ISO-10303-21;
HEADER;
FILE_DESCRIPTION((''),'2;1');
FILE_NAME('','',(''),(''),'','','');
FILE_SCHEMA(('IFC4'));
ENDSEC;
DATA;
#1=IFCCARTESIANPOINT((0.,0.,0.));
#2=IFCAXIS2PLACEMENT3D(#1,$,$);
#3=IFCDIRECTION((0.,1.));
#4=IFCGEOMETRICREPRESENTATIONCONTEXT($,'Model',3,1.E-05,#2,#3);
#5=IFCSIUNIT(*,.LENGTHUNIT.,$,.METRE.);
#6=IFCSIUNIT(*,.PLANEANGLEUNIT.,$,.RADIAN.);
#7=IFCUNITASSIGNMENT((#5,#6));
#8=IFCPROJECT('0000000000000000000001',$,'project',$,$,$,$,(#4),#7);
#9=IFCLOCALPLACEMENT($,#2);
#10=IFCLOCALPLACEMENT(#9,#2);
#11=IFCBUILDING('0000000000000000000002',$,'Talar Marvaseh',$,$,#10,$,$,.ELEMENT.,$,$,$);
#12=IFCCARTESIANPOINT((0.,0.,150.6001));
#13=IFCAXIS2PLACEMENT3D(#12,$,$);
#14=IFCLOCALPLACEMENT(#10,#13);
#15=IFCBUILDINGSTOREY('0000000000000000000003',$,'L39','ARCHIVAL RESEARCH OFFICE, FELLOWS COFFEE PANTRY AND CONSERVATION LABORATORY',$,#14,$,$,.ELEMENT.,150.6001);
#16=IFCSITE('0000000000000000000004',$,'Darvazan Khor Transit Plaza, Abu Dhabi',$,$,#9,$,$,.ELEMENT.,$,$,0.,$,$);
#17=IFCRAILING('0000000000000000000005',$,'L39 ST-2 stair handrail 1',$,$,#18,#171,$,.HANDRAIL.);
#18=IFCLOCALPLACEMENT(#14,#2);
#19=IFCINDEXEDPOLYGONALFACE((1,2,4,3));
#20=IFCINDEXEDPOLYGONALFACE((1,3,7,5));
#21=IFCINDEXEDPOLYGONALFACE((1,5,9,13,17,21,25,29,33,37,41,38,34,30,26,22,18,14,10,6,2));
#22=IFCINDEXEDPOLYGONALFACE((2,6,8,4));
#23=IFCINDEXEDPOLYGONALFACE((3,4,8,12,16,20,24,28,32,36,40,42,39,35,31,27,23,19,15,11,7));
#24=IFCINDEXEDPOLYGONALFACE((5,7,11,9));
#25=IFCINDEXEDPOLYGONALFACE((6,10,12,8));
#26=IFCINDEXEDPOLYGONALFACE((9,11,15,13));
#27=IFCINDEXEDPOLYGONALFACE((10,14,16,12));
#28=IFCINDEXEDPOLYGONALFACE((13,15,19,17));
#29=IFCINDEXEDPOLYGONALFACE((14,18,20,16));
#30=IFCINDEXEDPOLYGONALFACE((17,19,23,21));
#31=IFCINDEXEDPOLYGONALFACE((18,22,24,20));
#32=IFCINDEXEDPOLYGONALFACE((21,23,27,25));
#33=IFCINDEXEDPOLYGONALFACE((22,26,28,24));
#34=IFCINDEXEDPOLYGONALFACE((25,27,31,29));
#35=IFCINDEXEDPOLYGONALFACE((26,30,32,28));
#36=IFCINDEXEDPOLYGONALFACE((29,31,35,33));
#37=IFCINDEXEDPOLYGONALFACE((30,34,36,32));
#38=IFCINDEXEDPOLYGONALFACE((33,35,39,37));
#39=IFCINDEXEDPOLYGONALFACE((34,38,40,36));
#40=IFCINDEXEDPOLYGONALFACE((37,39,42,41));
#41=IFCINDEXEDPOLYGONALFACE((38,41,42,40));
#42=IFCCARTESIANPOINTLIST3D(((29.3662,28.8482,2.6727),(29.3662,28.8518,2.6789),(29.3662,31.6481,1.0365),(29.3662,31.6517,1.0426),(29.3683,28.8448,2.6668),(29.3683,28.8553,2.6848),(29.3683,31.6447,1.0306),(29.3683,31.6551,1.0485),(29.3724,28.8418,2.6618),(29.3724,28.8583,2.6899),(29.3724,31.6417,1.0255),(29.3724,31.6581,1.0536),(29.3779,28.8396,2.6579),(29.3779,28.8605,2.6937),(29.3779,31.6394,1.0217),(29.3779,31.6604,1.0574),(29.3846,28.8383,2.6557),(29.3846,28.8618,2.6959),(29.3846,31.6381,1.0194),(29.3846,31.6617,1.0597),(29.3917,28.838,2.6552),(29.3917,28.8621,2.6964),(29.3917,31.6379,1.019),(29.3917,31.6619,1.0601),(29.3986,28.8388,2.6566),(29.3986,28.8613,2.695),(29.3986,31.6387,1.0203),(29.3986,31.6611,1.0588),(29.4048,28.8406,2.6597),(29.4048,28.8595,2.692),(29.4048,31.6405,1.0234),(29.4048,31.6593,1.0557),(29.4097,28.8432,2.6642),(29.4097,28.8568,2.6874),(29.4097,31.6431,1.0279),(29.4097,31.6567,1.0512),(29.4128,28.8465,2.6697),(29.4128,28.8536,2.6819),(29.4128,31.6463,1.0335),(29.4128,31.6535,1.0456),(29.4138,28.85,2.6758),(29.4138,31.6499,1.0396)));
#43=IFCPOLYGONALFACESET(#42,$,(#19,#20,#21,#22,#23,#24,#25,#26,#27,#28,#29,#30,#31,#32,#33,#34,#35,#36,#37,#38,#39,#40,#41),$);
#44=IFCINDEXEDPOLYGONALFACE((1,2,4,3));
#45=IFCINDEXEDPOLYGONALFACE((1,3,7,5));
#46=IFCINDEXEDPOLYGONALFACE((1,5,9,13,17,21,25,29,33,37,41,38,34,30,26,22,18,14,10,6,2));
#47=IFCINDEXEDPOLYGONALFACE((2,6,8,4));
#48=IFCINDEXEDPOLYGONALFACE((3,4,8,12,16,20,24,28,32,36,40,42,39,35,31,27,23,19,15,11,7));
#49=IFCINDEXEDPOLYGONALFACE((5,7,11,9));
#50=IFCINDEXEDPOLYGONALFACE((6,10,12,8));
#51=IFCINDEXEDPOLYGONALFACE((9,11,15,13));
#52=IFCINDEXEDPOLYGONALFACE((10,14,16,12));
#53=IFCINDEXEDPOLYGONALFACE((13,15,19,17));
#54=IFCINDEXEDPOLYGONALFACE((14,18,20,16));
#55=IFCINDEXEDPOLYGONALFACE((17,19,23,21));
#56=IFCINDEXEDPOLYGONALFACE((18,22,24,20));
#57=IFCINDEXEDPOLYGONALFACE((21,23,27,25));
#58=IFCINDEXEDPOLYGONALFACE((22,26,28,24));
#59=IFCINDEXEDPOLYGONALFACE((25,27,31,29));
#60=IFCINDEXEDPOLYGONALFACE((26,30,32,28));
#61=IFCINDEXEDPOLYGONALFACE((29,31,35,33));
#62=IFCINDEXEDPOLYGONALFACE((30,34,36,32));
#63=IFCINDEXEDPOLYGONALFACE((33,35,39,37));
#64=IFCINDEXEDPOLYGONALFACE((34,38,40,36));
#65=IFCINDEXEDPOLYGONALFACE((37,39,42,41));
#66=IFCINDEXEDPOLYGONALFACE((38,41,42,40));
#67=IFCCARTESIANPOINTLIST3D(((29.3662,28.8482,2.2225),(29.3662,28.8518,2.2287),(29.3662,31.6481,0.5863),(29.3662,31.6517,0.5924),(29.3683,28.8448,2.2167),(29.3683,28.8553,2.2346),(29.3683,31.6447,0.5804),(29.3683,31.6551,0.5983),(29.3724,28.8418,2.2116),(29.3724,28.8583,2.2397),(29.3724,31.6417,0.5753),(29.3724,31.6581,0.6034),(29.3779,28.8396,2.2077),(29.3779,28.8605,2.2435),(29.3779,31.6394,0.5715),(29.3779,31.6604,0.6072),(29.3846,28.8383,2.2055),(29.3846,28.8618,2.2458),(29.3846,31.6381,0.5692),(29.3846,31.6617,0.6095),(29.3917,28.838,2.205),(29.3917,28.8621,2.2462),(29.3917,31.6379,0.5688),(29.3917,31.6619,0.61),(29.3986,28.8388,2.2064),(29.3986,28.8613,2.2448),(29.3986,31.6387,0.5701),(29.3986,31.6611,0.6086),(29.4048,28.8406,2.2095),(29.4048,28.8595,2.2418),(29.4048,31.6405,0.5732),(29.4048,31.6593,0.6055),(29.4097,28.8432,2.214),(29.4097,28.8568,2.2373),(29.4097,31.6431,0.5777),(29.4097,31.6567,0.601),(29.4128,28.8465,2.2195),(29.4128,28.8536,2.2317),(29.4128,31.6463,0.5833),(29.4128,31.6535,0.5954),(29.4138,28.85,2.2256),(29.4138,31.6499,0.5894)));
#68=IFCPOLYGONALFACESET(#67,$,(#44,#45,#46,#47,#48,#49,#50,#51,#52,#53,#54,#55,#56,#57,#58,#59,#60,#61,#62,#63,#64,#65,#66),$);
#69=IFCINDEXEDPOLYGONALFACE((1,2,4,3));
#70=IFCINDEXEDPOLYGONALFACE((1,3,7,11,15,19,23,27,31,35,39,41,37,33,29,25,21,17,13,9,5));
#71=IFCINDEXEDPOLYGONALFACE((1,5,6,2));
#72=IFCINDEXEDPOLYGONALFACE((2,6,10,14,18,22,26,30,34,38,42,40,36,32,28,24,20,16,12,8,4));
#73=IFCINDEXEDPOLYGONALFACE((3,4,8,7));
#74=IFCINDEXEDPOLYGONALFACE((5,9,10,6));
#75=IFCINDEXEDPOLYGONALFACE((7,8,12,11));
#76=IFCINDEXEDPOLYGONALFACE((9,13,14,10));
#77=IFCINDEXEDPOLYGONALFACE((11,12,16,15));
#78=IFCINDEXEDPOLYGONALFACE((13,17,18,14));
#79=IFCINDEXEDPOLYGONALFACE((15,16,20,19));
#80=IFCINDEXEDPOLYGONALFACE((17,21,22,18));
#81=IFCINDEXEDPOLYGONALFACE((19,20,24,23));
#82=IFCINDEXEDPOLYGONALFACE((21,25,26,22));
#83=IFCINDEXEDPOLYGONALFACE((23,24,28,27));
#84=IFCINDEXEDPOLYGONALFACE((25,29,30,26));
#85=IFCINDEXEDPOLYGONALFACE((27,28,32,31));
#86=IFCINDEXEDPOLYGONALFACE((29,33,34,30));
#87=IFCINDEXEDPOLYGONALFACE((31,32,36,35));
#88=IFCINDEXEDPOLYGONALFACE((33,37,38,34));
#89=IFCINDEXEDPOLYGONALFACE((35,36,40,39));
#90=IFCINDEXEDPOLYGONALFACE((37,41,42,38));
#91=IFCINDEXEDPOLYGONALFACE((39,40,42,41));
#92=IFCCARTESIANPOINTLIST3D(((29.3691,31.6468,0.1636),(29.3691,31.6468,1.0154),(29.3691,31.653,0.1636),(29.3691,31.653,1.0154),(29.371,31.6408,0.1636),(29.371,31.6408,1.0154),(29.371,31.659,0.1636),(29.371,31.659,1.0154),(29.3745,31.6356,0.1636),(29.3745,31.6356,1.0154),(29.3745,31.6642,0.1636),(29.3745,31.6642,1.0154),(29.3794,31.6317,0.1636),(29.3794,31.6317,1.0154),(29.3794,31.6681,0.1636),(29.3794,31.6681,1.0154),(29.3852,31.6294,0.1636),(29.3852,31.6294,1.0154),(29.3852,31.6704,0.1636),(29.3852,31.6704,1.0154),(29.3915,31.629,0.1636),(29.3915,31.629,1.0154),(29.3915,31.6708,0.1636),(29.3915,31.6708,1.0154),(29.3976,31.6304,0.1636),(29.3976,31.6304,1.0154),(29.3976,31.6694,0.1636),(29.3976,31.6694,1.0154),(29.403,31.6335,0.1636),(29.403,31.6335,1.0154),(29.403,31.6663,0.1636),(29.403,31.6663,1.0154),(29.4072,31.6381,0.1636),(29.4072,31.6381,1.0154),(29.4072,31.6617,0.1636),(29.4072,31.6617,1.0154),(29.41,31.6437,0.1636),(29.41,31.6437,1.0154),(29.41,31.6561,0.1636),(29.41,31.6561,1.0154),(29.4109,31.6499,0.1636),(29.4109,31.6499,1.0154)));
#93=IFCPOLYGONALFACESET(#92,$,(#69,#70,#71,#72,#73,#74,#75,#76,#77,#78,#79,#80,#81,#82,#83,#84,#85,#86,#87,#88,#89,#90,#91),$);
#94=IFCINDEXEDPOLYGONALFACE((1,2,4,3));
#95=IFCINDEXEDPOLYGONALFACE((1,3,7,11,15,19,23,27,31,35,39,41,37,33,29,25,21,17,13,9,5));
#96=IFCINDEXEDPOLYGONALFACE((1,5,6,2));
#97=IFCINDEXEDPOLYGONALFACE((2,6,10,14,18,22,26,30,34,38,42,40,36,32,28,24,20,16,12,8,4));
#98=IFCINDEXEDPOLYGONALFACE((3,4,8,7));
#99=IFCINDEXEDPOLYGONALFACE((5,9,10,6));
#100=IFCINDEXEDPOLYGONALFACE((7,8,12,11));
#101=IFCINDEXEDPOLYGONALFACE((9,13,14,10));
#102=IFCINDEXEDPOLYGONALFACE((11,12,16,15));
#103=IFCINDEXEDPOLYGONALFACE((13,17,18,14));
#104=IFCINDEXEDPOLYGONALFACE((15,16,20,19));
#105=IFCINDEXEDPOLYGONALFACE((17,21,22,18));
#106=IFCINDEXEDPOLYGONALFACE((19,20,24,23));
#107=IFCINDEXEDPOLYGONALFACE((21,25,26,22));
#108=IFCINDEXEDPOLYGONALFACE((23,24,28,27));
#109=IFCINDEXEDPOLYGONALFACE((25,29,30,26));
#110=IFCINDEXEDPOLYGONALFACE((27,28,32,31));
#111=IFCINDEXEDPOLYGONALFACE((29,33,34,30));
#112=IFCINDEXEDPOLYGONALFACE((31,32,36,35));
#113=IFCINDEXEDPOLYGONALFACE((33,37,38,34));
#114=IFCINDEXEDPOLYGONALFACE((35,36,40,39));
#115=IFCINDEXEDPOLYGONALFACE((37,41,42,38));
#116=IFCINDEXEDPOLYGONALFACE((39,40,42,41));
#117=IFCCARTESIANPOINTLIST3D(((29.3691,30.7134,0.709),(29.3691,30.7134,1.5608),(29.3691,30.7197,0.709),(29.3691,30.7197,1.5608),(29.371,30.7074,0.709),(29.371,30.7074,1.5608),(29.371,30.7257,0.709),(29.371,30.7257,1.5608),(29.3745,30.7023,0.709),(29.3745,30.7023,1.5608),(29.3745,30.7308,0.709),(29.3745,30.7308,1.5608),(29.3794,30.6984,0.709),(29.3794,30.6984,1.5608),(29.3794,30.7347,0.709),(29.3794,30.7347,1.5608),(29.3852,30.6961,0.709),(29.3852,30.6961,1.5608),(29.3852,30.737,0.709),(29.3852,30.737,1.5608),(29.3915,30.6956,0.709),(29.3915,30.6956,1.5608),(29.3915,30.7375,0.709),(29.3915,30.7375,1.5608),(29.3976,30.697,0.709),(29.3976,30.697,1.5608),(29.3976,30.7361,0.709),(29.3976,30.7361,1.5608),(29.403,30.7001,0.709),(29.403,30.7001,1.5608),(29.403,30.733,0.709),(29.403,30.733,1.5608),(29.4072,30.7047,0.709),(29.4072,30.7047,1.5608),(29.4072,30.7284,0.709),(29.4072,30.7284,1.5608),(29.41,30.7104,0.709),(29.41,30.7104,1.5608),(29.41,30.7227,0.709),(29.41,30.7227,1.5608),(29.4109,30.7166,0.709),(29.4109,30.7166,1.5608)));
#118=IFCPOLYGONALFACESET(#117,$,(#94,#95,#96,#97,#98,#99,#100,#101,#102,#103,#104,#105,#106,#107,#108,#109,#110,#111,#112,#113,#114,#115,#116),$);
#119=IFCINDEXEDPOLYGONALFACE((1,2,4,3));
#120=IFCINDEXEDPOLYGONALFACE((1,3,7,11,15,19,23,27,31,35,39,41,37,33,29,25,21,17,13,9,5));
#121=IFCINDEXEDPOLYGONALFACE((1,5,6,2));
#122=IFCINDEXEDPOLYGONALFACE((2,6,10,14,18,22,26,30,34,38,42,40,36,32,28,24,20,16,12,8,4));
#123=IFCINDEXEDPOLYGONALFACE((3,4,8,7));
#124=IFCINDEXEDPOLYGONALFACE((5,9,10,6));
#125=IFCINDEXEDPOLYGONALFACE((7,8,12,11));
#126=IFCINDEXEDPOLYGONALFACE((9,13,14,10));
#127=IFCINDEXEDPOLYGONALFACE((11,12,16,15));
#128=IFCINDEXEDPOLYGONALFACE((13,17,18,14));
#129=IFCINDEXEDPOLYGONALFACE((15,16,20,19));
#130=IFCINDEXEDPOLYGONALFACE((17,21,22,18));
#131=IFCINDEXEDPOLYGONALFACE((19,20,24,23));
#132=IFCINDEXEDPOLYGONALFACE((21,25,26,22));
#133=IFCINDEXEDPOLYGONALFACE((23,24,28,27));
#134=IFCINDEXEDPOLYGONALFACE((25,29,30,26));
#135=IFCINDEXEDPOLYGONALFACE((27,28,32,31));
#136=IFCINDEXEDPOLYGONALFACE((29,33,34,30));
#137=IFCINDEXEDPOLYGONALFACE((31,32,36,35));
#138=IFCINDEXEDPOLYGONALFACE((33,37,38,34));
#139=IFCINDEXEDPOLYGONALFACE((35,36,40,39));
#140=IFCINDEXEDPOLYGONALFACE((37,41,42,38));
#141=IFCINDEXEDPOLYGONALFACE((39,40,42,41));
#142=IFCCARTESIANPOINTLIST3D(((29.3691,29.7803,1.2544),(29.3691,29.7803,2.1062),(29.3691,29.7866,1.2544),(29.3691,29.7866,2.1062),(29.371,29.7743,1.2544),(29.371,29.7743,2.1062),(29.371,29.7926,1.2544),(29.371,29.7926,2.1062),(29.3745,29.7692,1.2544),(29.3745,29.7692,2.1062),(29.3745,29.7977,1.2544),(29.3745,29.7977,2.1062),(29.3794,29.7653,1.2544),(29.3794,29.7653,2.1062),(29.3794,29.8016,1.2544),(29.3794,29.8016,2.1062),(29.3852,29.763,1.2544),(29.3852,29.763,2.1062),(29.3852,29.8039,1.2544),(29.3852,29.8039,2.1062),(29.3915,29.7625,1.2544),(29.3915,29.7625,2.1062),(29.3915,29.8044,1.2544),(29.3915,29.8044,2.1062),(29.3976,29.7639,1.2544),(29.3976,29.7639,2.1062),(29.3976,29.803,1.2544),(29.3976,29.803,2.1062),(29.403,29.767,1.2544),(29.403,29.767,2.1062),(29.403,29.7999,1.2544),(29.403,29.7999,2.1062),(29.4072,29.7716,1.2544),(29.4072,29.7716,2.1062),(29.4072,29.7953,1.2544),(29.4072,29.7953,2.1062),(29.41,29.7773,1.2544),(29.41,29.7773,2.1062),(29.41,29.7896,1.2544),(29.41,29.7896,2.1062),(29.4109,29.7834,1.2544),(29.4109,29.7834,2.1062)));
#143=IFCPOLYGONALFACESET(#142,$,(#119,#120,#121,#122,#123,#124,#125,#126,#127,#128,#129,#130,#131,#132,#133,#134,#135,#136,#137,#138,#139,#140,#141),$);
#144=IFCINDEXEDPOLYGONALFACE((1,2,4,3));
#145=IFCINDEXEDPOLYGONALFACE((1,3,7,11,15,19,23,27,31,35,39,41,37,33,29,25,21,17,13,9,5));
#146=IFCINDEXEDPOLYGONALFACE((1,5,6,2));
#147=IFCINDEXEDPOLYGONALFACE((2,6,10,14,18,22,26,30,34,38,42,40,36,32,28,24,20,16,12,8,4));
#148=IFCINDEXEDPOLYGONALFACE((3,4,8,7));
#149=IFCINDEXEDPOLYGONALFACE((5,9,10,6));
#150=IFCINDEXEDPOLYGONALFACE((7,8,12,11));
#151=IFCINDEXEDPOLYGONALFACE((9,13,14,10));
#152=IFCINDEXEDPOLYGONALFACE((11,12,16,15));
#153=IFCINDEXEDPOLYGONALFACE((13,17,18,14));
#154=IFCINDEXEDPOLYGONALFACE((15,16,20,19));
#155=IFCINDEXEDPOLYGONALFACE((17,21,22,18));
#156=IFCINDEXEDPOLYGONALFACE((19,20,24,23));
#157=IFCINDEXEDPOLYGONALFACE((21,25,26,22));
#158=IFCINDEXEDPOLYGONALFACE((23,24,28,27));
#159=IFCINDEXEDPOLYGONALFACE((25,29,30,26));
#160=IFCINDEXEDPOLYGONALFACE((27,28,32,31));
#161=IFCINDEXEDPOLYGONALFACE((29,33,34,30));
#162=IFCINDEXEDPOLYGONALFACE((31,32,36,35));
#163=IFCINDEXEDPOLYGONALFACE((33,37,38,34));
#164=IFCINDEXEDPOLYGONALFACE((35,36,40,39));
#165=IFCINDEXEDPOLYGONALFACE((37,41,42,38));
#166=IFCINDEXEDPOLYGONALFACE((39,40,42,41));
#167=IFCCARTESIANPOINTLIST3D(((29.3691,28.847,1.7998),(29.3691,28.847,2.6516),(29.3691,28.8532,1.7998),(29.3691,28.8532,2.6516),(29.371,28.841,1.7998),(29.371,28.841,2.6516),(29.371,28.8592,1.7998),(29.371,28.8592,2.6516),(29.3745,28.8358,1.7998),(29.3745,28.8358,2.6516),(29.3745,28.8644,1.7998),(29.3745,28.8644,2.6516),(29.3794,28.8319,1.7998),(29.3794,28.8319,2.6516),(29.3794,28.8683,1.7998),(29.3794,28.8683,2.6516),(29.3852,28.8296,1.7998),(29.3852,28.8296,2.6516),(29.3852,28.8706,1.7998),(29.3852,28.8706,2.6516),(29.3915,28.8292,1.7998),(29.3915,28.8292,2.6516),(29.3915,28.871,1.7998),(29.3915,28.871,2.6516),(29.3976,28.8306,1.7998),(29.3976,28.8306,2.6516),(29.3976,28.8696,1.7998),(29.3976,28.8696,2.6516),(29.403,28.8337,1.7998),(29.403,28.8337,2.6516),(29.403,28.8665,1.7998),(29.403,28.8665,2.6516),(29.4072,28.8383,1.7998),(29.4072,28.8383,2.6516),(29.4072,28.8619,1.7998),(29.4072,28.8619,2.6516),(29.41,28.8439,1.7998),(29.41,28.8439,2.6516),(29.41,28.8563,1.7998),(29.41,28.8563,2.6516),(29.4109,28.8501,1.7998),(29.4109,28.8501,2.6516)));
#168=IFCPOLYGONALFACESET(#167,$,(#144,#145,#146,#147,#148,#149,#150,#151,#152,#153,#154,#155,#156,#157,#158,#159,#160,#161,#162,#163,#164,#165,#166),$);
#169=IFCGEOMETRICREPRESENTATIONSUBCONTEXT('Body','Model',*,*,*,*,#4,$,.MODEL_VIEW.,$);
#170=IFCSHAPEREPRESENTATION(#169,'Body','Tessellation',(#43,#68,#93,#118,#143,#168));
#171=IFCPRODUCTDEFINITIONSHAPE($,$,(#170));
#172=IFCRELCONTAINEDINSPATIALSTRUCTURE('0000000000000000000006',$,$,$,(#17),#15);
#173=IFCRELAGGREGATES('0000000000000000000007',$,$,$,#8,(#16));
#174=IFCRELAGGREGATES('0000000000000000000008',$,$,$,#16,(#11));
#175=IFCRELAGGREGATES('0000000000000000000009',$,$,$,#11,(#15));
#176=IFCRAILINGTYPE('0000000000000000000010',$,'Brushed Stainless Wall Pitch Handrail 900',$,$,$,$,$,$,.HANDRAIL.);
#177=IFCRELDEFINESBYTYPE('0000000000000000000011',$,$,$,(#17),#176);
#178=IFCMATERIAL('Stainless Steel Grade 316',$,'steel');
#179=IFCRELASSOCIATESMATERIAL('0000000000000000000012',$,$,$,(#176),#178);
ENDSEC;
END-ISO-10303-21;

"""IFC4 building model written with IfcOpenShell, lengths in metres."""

from ifc_helpers import new_model, si_unit, direction, frame, origin, origin_2d, place, context, subcontext, project, spatial, circle, extrude, material, type_object, element, save


model = new_model("IFC4")

# Units and contexts
model_context = context("Model", 3, precision=1e-05, world=origin(), true_north=direction((0.0, 1.0)))
body_context = subcontext(model_context, "Body", "Model", "MODEL_VIEW")
ifc_project = project(units=[si_unit("LENGTHUNIT", "METRE"), si_unit("PLANEANGLEUNIT", "RADIAN")], contexts=[model_context])

# Site, building, storey
site_placement = place(None, origin())
site = spatial("IfcSite", under=ifc_project, at=site_placement, Name="Darvazan Khor Transit Plaza, Abu Dhabi", CompositionType="ELEMENT", RefElevation=0.0)
building_placement = place(site_placement, origin())
building = spatial("IfcBuilding", under=site, at=building_placement, Name="Talar Marvaseh", CompositionType="ELEMENT")
storey_placement = place(building_placement, frame((0.0, 0.0, 150.6001)))
storey = spatial("IfcBuildingStorey", under=building, at=storey_placement, Name="L39", Description="ARCHIVAL RESEARCH OFFICE, FELLOWS COFFEE PANTRY AND CONSERVATION LABORATORY", CompositionType="ELEMENT", Elevation=150.6001)

# Shared definitions
ifc_material_1 = material(Name="Stainless Steel Grade 316", Category="steel")

# Railing
railing_type_1 = type_object("IfcRailingType", Name="Brushed Stainless Wall Pitch Handrail 900", PredefinedType="HANDRAIL", material=ifc_material_1)
railing_1_placement = place(storey_placement, frame((29.3899, 31.6499, 0.1636)))
element("IfcRailing", 1, at=railing_1_placement, inside=storey, type_object=railing_type_1, Name="L39 ST-2 stair handrail 1", PredefinedType="HANDRAIL", context=body_context, shape_type="SweptSolid", body=[
    extrude(circle(Radius=0.0239, at=origin_2d()), frame((0.0, 0.0, 0.876), z_axis=(0.0, -0.863374, 0.504564), x_axis=(1.0, 0.0, 0.0)), (0.0, 0.0, 1.0), 3.2429),
    extrude(circle(Radius=0.0239, at=origin_2d()), frame((0.0, 0.0, 0.4258), z_axis=(0.0, -0.863374, 0.504564), x_axis=(1.0, 0.0, 0.0)), (0.0, 0.0, 1.0), 3.2429),
    extrude(circle(Radius=0.021, at=origin_2d()), origin(), (0.0, 0.0, 1.0), 0.8518),
    extrude(circle(Radius=0.021, at=origin_2d()), frame((0.0, -0.9333, 0.5454)), (0.0, 0.0, 1.0), 0.8518),
    extrude(circle(Radius=0.021, at=origin_2d()), frame((0.0, -1.8665, 1.0908)), (0.0, 0.0, 1.0), 0.8518),
    extrude(circle(Radius=0.021, at=origin_2d()), frame((0.0, -2.7998, 1.6362)), (0.0, 0.0, 1.0), 0.8518),
])

save(model, "model.ifc")
